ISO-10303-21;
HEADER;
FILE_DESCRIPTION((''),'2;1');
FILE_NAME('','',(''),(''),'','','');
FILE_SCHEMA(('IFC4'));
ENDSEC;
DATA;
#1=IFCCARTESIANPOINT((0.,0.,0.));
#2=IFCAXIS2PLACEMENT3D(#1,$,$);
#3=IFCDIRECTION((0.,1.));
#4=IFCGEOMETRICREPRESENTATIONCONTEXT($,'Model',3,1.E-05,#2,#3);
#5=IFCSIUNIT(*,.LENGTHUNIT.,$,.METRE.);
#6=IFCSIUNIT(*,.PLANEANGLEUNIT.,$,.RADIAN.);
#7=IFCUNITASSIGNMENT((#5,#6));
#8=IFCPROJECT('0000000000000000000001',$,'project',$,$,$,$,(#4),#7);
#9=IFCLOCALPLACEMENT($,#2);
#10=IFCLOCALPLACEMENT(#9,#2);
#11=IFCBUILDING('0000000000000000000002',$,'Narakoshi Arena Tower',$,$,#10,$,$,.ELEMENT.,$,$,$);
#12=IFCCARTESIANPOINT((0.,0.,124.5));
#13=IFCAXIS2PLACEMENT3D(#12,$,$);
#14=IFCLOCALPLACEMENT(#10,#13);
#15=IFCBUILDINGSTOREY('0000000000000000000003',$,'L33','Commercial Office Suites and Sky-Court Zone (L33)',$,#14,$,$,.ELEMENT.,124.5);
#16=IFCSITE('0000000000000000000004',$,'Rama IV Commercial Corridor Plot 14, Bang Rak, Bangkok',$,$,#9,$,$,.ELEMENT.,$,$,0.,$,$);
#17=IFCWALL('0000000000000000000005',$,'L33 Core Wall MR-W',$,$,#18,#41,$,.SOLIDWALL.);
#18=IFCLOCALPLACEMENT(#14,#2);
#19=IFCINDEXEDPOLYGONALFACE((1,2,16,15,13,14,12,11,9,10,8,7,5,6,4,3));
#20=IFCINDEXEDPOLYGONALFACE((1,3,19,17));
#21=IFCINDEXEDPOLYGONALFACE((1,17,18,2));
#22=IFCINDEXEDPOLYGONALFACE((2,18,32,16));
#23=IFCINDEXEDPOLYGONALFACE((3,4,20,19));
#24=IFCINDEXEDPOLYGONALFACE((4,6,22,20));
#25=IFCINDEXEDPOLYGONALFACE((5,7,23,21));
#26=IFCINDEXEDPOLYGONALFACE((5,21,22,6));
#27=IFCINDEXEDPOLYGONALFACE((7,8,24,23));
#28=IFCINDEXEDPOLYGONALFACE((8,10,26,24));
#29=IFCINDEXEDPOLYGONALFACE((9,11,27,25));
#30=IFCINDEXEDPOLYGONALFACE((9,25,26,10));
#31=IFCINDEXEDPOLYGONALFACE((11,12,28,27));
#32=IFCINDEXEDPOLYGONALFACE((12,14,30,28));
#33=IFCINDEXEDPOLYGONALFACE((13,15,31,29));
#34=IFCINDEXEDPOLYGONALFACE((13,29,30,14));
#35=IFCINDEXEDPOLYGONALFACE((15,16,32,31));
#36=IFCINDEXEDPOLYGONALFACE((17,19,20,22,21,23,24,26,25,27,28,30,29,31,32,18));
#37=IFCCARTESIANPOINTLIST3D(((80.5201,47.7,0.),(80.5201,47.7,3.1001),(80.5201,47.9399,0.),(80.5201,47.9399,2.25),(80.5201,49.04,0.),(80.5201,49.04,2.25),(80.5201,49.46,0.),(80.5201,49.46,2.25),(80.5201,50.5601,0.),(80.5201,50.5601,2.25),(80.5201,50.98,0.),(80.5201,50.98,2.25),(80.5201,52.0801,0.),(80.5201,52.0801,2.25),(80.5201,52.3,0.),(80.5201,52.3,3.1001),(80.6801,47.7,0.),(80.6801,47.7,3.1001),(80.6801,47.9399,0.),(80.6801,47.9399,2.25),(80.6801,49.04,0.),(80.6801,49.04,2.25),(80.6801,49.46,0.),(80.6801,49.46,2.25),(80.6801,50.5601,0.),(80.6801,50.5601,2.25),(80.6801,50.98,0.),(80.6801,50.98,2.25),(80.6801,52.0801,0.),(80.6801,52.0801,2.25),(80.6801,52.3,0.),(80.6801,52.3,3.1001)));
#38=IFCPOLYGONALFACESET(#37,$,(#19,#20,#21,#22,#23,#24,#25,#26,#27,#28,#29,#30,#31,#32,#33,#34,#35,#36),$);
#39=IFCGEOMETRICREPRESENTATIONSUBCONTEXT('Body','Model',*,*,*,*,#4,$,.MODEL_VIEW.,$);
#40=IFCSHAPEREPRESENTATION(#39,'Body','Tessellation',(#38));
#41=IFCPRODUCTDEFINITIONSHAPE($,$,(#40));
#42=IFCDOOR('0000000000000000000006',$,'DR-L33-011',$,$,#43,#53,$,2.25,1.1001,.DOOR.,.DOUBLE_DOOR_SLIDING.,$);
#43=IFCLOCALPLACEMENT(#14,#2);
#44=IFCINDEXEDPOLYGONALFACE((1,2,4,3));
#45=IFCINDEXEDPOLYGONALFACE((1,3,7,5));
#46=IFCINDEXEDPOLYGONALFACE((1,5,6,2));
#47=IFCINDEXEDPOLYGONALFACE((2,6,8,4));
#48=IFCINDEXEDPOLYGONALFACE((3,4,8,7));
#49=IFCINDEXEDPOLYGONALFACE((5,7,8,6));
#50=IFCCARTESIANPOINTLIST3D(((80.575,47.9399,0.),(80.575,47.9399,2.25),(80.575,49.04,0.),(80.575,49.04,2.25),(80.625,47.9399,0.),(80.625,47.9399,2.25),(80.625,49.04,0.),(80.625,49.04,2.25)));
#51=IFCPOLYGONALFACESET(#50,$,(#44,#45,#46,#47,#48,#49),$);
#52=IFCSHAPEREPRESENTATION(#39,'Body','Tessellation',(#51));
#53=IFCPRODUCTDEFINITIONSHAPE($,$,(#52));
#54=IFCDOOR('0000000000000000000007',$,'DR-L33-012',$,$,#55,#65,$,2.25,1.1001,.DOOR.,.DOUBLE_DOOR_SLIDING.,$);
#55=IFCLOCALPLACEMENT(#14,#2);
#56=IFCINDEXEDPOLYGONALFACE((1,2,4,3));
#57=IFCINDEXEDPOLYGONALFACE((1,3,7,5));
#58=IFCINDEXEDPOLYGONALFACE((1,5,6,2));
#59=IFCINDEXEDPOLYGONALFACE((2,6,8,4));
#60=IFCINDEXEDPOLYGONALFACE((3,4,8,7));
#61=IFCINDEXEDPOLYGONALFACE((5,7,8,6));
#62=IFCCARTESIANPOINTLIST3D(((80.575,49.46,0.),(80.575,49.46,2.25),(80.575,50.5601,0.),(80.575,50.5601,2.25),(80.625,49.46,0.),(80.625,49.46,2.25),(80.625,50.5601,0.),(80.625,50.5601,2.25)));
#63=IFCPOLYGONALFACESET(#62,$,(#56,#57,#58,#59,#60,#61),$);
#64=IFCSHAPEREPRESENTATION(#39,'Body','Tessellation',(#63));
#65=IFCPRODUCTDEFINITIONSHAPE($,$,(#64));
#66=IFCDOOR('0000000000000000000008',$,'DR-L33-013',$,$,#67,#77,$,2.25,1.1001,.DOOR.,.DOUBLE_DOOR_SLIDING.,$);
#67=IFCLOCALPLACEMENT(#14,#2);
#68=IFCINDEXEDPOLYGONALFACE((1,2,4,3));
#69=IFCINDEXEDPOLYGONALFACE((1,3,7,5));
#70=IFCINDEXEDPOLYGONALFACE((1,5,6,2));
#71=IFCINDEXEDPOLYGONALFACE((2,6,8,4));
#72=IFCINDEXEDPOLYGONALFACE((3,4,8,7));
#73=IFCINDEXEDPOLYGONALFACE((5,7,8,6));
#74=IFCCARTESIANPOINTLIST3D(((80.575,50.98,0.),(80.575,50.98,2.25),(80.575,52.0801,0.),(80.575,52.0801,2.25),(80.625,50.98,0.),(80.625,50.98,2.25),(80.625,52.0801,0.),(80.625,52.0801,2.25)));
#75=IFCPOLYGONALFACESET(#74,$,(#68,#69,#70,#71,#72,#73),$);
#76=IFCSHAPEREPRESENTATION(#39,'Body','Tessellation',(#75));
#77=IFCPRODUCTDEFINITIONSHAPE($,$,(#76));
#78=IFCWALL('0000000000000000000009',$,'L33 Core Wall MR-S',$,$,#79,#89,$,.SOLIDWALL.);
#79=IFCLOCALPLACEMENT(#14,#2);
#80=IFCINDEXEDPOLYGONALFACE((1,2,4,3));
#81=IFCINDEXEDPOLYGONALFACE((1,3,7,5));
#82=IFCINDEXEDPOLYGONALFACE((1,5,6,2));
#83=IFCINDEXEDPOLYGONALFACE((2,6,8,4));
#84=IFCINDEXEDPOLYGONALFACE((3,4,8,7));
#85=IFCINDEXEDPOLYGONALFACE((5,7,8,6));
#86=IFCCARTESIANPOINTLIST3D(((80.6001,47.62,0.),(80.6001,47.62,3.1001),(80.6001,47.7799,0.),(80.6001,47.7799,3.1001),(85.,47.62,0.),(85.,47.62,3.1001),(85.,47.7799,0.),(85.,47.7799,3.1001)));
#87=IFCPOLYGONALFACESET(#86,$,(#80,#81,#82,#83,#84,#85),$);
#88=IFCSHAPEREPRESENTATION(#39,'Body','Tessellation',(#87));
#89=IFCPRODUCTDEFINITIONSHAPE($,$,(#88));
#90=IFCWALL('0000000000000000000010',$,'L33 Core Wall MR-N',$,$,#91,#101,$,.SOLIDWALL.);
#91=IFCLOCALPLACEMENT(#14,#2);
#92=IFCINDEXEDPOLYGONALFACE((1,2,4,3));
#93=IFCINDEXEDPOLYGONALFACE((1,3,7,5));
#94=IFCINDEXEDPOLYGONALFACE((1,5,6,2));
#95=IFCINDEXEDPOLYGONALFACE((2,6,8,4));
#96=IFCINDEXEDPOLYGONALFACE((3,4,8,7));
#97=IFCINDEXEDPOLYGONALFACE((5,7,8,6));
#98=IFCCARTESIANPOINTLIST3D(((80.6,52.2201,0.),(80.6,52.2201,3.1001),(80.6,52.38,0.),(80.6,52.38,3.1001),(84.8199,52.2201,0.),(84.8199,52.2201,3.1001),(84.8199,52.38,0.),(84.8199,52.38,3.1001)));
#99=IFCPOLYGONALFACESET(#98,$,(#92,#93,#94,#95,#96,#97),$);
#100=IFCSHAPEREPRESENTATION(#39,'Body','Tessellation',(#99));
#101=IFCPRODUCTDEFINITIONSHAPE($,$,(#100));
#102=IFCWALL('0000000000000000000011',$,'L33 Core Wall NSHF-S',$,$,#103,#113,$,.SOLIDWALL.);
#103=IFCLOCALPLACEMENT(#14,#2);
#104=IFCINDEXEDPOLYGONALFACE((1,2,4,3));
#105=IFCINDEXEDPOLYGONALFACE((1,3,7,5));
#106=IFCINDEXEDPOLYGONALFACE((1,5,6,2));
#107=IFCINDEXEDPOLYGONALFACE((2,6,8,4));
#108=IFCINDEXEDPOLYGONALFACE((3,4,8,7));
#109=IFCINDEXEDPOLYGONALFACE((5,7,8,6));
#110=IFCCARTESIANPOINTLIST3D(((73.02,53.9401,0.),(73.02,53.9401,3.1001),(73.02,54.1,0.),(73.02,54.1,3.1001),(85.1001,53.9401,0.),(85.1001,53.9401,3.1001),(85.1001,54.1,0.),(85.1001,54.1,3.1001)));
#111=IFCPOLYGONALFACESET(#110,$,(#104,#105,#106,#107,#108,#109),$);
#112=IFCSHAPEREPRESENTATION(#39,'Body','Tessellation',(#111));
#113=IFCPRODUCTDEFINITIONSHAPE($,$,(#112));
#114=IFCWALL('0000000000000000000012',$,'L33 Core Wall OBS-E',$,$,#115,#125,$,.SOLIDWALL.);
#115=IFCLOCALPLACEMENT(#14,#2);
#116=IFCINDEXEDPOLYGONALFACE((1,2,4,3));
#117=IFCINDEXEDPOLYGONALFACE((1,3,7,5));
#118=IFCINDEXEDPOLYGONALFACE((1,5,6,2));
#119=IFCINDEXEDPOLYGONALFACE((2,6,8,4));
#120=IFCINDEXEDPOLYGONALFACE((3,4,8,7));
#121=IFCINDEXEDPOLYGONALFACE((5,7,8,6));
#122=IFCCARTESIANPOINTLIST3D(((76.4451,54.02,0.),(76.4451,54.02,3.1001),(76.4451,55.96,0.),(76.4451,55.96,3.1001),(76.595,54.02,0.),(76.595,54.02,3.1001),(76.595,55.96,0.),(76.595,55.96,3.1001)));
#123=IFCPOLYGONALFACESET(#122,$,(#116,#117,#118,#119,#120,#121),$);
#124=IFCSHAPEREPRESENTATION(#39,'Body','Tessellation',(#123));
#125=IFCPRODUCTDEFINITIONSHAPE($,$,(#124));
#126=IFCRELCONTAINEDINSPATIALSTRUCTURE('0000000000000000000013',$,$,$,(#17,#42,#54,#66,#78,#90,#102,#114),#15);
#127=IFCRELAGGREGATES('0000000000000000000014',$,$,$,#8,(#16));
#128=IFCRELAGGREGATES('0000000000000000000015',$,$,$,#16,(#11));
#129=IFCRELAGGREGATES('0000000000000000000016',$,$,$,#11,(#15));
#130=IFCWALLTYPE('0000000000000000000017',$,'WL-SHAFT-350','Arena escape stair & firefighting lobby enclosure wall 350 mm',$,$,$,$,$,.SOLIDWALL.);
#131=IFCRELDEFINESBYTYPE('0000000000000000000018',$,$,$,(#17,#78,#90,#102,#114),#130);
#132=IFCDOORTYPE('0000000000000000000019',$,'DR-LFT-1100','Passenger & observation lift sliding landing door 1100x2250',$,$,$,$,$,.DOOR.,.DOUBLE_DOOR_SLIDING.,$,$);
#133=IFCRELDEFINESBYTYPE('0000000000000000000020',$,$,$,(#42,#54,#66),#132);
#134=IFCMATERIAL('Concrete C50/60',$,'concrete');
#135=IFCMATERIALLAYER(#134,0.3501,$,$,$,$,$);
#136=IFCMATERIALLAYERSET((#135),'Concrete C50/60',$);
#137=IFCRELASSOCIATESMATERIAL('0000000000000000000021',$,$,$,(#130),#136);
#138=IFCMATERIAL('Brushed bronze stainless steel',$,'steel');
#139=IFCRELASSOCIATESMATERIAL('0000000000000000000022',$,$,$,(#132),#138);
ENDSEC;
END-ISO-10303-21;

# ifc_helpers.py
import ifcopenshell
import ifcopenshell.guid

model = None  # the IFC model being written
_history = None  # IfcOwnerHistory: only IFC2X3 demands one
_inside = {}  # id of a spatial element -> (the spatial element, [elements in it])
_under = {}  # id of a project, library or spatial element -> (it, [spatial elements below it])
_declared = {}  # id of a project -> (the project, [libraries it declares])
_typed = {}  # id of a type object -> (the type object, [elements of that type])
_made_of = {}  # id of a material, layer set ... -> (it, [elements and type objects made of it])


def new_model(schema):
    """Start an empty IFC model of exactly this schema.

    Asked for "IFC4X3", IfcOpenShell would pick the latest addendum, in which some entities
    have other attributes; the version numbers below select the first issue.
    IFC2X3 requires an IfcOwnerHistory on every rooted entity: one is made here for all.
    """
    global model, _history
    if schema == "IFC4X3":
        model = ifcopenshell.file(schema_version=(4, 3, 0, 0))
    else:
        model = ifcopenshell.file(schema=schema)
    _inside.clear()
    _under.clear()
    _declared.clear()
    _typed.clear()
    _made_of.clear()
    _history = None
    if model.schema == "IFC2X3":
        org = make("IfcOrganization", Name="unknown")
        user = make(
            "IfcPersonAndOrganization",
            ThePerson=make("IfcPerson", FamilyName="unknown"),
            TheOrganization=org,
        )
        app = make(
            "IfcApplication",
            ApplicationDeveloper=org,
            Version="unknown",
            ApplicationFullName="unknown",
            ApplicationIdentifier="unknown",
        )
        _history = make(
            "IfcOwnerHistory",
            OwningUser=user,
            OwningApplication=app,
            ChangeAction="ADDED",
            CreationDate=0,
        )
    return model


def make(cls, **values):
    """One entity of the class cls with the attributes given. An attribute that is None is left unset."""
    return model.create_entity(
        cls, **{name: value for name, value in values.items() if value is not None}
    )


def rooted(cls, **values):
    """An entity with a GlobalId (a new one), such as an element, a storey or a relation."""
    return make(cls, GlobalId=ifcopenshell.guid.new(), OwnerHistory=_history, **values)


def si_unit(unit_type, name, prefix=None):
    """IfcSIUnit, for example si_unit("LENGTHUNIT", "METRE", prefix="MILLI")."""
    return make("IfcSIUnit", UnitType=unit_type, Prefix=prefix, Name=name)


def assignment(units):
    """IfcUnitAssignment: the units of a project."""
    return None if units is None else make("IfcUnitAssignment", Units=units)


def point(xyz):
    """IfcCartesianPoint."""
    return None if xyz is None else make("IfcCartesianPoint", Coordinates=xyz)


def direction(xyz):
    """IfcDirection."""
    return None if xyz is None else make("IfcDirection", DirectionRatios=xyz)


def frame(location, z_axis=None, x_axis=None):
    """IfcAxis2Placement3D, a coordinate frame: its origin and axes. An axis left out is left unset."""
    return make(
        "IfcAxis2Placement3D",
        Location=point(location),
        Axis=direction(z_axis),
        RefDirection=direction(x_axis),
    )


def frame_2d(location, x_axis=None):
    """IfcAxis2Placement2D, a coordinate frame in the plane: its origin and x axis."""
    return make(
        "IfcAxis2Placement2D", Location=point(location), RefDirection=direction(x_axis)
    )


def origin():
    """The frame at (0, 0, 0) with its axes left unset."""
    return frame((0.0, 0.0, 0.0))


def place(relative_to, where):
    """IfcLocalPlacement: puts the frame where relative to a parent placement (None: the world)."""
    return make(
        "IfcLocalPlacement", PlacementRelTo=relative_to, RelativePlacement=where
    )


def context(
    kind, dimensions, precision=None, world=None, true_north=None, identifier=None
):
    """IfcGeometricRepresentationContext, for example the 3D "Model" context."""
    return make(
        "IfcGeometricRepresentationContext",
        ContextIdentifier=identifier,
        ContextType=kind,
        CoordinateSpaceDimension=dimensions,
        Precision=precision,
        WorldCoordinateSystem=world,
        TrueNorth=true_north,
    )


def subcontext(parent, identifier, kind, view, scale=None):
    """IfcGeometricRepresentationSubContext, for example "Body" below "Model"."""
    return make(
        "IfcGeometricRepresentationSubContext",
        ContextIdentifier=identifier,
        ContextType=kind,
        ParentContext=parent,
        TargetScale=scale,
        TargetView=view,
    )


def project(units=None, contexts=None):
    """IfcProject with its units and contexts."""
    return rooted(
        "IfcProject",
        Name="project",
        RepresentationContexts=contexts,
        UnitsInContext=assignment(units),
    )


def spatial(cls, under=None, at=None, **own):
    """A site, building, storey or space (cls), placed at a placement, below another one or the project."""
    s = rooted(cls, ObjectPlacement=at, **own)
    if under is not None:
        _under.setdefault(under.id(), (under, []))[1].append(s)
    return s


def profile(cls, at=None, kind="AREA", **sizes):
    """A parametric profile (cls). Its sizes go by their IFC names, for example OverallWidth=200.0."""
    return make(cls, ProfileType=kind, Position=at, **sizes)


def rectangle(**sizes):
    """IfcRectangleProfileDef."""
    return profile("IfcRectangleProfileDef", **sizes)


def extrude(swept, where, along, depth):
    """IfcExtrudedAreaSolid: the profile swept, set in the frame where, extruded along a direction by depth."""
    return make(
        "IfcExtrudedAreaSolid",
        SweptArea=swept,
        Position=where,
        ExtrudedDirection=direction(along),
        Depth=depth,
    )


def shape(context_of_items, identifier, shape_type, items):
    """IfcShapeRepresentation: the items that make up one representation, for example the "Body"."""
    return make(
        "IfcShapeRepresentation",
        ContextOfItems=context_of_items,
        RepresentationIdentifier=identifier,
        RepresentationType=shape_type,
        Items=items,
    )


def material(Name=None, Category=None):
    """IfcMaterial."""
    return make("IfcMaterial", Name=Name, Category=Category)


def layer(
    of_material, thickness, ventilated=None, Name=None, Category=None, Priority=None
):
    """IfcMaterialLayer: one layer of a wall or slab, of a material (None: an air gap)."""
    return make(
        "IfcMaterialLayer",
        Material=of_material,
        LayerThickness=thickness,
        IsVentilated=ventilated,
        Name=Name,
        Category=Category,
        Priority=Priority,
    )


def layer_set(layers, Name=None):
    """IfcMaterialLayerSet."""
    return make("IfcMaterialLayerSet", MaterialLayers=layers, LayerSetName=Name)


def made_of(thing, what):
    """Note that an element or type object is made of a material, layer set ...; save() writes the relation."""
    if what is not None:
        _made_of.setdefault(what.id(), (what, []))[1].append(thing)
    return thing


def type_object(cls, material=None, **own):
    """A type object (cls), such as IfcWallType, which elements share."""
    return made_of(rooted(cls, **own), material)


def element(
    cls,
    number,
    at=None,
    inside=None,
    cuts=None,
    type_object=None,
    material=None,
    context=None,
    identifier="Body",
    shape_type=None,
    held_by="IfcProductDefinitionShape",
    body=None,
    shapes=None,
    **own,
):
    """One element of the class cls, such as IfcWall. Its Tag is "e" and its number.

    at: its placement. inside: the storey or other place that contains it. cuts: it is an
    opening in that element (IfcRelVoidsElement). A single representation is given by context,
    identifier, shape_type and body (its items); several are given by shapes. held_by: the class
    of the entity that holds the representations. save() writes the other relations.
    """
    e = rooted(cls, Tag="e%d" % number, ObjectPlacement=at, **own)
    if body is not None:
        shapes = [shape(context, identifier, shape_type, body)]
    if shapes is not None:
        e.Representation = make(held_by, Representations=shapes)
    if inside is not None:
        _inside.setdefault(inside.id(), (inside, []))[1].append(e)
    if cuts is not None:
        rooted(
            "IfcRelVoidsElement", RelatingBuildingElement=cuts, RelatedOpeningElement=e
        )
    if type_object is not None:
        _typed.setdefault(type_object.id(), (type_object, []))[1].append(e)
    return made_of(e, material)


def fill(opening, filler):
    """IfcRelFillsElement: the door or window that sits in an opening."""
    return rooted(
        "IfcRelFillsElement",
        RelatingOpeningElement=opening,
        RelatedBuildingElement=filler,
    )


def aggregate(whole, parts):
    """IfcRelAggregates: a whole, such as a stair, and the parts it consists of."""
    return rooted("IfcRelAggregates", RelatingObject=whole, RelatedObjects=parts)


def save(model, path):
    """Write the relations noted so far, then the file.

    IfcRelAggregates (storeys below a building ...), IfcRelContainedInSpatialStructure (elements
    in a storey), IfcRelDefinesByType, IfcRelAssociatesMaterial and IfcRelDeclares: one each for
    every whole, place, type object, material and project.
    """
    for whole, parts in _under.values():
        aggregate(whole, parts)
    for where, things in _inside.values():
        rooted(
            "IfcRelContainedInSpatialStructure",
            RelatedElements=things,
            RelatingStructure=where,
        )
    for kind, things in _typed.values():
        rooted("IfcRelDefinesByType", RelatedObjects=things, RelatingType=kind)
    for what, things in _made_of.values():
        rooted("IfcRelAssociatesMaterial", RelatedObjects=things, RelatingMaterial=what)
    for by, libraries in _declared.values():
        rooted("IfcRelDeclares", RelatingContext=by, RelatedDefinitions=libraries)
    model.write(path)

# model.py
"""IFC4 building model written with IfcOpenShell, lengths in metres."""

from ifc_helpers import new_model, si_unit, direction, frame, frame_2d, origin, place, context, subcontext, project, spatial, rectangle, extrude, material, layer, layer_set, type_object, element, fill, save


model = new_model("IFC4")

# Units and contexts
model_context = context("Model", 3, precision=1e-05, world=origin(), true_north=direction((0.0, 1.0)))
body_context = subcontext(model_context, "Body", "Model", "MODEL_VIEW")
ifc_project = project(units=[si_unit("LENGTHUNIT", "METRE"), si_unit("PLANEANGLEUNIT", "RADIAN")], contexts=[model_context])

# Site, building, storey
site_placement = place(None, origin())
site = spatial("IfcSite", under=ifc_project, at=site_placement, Name="Rama IV Commercial Corridor Plot 14, Bang Rak, Bangkok", CompositionType="ELEMENT", RefElevation=0.0)
building_placement = place(site_placement, origin())
building = spatial("IfcBuilding", under=site, at=building_placement, Name="Narakoshi Arena Tower", CompositionType="ELEMENT")
storey_placement = place(building_placement, frame((0.0, 0.0, 124.5)))
storey = spatial("IfcBuildingStorey", under=building, at=storey_placement, Name="L33", Description="Commercial Office Suites and Sky-Court Zone (L33)", CompositionType="ELEMENT", Elevation=124.5)

# Shared definitions
ifc_material_1 = material(Name="Concrete C50/60", Category="concrete")
ifc_layer_1 = layer(ifc_material_1, 0.3501)
ifc_layer_set_1 = layer_set([ifc_layer_1], Name="Concrete C50/60")
wall_type_1 = type_object("IfcWallType", Name="WL-SHAFT-350", Description="Arena escape stair & firefighting lobby enclosure wall 350 mm", PredefinedType="SOLIDWALL", material=ifc_layer_set_1)

# Wall, openings, doors
wall_1_placement = place(storey_placement, frame((80.6001, 47.7, 0.0), z_axis=(0.0, 0.0, 1.0), x_axis=(0.0, 1.0, 0.0)))
wall_1 = element("IfcWall", 1, at=wall_1_placement, inside=storey, type_object=wall_type_1, Name="L33 Core Wall MR-W", PredefinedType="SOLIDWALL", context=body_context, shape_type="SweptSolid", body=[
    extrude(rectangle(XDim=4.6001, YDim=0.1599, at=frame_2d((2.3, 0.0))), origin(), (0.0, 0.0, 1.0), 3.1001),
])
opening_1_placement = place(wall_1_placement, frame((0.24, 0.0, 0.0)))
opening_1 = element("IfcOpeningElement", 2, at=opening_1_placement, cuts=wall_1, PredefinedType="OPENING", context=body_context, shape_type="SweptSolid", body=[
    extrude(rectangle(XDim=1.1001, YDim=2.25, at=frame_2d((0.55, 1.125))), frame((0.0, 0.0898, 0.0), z_axis=(0.0, -1.0, 0.0), x_axis=(1.0, 0.0, 0.0)), (0.0, 0.0, 1.0), 0.1799),
])
opening_2_placement = place(wall_1_placement, frame((1.76, 0.0, 0.0)))
opening_2 = element("IfcOpeningElement", 3, at=opening_2_placement, cuts=wall_1, PredefinedType="OPENING", context=body_context, shape_type="SweptSolid", body=[
    extrude(rectangle(XDim=1.1001, YDim=2.25, at=frame_2d((0.55, 1.125))), frame((0.0, 0.0898, 0.0), z_axis=(0.0, -1.0, 0.0), x_axis=(1.0, 0.0, 0.0)), (0.0, 0.0, 1.0), 0.1799),
])
opening_3_placement = place(wall_1_placement, frame((3.28, 0.0, 0.0)))
opening_3 = element("IfcOpeningElement", 4, at=opening_3_placement, cuts=wall_1, PredefinedType="OPENING", context=body_context, shape_type="SweptSolid", body=[
    extrude(rectangle(XDim=1.1001, YDim=2.25, at=frame_2d((0.55, 1.125))), frame((0.0, 0.0898, 0.0), z_axis=(0.0, -1.0, 0.0), x_axis=(1.0, 0.0, 0.0)), (0.0, 0.0, 1.0), 0.1799),
])
ifc_material_2 = material(Name="Brushed bronze stainless steel", Category="steel")
door_type_1 = type_object("IfcDoorType", Name="DR-LFT-1100", Description="Passenger & observation lift sliding landing door 1100x2250", OperationType="DOUBLE_DOOR_SLIDING", PredefinedType="DOOR", material=ifc_material_2)
door_1_placement = place(opening_1_placement, frame((1.1001, 0.0, 0.0), z_axis=(0.0, 0.0, 1.0), x_axis=(-1.0, 0.0, 0.0)))
door_1 = element("IfcDoor", 5, at=door_1_placement, inside=storey, type_object=door_type_1, Name="DR-L33-011", OperationType="DOUBLE_DOOR_SLIDING", OverallHeight=2.25, OverallWidth=1.1001, PredefinedType="DOOR", context=body_context, shape_type="SweptSolid", body=[
    extrude(rectangle(XDim=1.1001, YDim=2.25, at=frame_2d((0.55, 1.125))), frame((0.0, 0.0249, 0.0), z_axis=(0.0, -1.0, 0.0), x_axis=(1.0, 0.0, 0.0)), (0.0, 0.0, 1.0), 0.05),
])
fill(opening_1, door_1)
door_2_placement = place(opening_2_placement, frame((1.1001, 0.0, 0.0), z_axis=(0.0, 0.0, 1.0), x_axis=(-1.0, 0.0, 0.0)))
door_2 = element("IfcDoor", 6, at=door_2_placement, inside=storey, type_object=door_type_1, Name="DR-L33-012", OperationType="DOUBLE_DOOR_SLIDING", OverallHeight=2.25, OverallWidth=1.1001, PredefinedType="DOOR", context=body_context, shape_type="SweptSolid", body=[
    extrude(rectangle(XDim=1.1001, YDim=2.25, at=frame_2d((0.55, 1.125))), frame((0.0, 0.0249, 0.0), z_axis=(0.0, -1.0, 0.0), x_axis=(1.0, 0.0, 0.0)), (0.0, 0.0, 1.0), 0.05),
])
fill(opening_2, door_2)
door_3_placement = place(opening_3_placement, frame((1.1001, 0.0, 0.0), z_axis=(0.0, 0.0, 1.0), x_axis=(-1.0, 0.0, 0.0)))
door_3 = element("IfcDoor", 7, at=door_3_placement, inside=storey, type_object=door_type_1, Name="DR-L33-013", OperationType="DOUBLE_DOOR_SLIDING", OverallHeight=2.25, OverallWidth=1.1001, PredefinedType="DOOR", context=body_context, shape_type="SweptSolid", body=[
    extrude(rectangle(XDim=1.1001, YDim=2.25, at=frame_2d((0.55, 1.125))), frame((0.0, 0.0249, 0.0), z_axis=(0.0, -1.0, 0.0), x_axis=(1.0, 0.0, 0.0)), (0.0, 0.0, 1.0), 0.05),
])
fill(opening_3, door_3)

# Walls
wall_2_placement = place(storey_placement, frame((80.6001, 47.7, 0.0), z_axis=(0.0, 0.0, 1.0), x_axis=(1.0, 0.0, 0.0)))
element("IfcWall", 8, at=wall_2_placement, inside=storey, type_object=wall_type_1, Name="L33 Core Wall MR-S", PredefinedType="SOLIDWALL", context=body_context, shape_type="SweptSolid", body=[
    extrude(rectangle(XDim=4.3999, YDim=0.1599, at=frame_2d((2.2, 0.0))), origin(), (0.0, 0.0, 1.0), 3.1001),
])
wall_3_placement = place(storey_placement, frame((80.6001, 52.3, 0.0), z_axis=(0.0, 0.0, 1.0), x_axis=(1.0, 0.0, 0.0)))
element("IfcWall", 9, at=wall_3_placement, inside=storey, type_object=wall_type_1, Name="L33 Core Wall MR-N", PredefinedType="SOLIDWALL", context=body_context, shape_type="SweptSolid", body=[
    extrude(rectangle(XDim=4.22, YDim=0.1599, at=frame_2d((2.1099, 0.0))), origin(), (0.0, 0.0, 1.0), 3.1001),
])
wall_4_placement = place(storey_placement, frame((73.02, 54.02, 0.0), z_axis=(0.0, 0.0, 1.0), x_axis=(1.0, 0.0, 0.0)))
element("IfcWall", 10, at=wall_4_placement, inside=storey, type_object=wall_type_1, Name="L33 Core Wall NSHF-S", PredefinedType="SOLIDWALL", context=body_context, shape_type="SweptSolid", body=[
    extrude(rectangle(XDim=12.0801, YDim=0.1599, at=frame_2d((6.04, 0.0))), origin(), (0.0, 0.0, 1.0), 3.1001),
])
wall_5_placement = place(storey_placement, frame((76.52, 54.02, 0.0), z_axis=(0.0, 0.0, 1.0), x_axis=(0.0, 1.0, 0.0)))
element("IfcWall", 11, at=wall_5_placement, inside=storey, type_object=wall_type_1, Name="L33 Core Wall OBS-E", PredefinedType="SOLIDWALL", context=body_context, shape_type="SweptSolid", body=[
    extrude(rectangle(XDim=1.9399, YDim=0.1499, at=frame_2d((0.97, 0.0))), origin(), (0.0, 0.0, 1.0), 3.1001),
])

save(model, "model.ifc")
